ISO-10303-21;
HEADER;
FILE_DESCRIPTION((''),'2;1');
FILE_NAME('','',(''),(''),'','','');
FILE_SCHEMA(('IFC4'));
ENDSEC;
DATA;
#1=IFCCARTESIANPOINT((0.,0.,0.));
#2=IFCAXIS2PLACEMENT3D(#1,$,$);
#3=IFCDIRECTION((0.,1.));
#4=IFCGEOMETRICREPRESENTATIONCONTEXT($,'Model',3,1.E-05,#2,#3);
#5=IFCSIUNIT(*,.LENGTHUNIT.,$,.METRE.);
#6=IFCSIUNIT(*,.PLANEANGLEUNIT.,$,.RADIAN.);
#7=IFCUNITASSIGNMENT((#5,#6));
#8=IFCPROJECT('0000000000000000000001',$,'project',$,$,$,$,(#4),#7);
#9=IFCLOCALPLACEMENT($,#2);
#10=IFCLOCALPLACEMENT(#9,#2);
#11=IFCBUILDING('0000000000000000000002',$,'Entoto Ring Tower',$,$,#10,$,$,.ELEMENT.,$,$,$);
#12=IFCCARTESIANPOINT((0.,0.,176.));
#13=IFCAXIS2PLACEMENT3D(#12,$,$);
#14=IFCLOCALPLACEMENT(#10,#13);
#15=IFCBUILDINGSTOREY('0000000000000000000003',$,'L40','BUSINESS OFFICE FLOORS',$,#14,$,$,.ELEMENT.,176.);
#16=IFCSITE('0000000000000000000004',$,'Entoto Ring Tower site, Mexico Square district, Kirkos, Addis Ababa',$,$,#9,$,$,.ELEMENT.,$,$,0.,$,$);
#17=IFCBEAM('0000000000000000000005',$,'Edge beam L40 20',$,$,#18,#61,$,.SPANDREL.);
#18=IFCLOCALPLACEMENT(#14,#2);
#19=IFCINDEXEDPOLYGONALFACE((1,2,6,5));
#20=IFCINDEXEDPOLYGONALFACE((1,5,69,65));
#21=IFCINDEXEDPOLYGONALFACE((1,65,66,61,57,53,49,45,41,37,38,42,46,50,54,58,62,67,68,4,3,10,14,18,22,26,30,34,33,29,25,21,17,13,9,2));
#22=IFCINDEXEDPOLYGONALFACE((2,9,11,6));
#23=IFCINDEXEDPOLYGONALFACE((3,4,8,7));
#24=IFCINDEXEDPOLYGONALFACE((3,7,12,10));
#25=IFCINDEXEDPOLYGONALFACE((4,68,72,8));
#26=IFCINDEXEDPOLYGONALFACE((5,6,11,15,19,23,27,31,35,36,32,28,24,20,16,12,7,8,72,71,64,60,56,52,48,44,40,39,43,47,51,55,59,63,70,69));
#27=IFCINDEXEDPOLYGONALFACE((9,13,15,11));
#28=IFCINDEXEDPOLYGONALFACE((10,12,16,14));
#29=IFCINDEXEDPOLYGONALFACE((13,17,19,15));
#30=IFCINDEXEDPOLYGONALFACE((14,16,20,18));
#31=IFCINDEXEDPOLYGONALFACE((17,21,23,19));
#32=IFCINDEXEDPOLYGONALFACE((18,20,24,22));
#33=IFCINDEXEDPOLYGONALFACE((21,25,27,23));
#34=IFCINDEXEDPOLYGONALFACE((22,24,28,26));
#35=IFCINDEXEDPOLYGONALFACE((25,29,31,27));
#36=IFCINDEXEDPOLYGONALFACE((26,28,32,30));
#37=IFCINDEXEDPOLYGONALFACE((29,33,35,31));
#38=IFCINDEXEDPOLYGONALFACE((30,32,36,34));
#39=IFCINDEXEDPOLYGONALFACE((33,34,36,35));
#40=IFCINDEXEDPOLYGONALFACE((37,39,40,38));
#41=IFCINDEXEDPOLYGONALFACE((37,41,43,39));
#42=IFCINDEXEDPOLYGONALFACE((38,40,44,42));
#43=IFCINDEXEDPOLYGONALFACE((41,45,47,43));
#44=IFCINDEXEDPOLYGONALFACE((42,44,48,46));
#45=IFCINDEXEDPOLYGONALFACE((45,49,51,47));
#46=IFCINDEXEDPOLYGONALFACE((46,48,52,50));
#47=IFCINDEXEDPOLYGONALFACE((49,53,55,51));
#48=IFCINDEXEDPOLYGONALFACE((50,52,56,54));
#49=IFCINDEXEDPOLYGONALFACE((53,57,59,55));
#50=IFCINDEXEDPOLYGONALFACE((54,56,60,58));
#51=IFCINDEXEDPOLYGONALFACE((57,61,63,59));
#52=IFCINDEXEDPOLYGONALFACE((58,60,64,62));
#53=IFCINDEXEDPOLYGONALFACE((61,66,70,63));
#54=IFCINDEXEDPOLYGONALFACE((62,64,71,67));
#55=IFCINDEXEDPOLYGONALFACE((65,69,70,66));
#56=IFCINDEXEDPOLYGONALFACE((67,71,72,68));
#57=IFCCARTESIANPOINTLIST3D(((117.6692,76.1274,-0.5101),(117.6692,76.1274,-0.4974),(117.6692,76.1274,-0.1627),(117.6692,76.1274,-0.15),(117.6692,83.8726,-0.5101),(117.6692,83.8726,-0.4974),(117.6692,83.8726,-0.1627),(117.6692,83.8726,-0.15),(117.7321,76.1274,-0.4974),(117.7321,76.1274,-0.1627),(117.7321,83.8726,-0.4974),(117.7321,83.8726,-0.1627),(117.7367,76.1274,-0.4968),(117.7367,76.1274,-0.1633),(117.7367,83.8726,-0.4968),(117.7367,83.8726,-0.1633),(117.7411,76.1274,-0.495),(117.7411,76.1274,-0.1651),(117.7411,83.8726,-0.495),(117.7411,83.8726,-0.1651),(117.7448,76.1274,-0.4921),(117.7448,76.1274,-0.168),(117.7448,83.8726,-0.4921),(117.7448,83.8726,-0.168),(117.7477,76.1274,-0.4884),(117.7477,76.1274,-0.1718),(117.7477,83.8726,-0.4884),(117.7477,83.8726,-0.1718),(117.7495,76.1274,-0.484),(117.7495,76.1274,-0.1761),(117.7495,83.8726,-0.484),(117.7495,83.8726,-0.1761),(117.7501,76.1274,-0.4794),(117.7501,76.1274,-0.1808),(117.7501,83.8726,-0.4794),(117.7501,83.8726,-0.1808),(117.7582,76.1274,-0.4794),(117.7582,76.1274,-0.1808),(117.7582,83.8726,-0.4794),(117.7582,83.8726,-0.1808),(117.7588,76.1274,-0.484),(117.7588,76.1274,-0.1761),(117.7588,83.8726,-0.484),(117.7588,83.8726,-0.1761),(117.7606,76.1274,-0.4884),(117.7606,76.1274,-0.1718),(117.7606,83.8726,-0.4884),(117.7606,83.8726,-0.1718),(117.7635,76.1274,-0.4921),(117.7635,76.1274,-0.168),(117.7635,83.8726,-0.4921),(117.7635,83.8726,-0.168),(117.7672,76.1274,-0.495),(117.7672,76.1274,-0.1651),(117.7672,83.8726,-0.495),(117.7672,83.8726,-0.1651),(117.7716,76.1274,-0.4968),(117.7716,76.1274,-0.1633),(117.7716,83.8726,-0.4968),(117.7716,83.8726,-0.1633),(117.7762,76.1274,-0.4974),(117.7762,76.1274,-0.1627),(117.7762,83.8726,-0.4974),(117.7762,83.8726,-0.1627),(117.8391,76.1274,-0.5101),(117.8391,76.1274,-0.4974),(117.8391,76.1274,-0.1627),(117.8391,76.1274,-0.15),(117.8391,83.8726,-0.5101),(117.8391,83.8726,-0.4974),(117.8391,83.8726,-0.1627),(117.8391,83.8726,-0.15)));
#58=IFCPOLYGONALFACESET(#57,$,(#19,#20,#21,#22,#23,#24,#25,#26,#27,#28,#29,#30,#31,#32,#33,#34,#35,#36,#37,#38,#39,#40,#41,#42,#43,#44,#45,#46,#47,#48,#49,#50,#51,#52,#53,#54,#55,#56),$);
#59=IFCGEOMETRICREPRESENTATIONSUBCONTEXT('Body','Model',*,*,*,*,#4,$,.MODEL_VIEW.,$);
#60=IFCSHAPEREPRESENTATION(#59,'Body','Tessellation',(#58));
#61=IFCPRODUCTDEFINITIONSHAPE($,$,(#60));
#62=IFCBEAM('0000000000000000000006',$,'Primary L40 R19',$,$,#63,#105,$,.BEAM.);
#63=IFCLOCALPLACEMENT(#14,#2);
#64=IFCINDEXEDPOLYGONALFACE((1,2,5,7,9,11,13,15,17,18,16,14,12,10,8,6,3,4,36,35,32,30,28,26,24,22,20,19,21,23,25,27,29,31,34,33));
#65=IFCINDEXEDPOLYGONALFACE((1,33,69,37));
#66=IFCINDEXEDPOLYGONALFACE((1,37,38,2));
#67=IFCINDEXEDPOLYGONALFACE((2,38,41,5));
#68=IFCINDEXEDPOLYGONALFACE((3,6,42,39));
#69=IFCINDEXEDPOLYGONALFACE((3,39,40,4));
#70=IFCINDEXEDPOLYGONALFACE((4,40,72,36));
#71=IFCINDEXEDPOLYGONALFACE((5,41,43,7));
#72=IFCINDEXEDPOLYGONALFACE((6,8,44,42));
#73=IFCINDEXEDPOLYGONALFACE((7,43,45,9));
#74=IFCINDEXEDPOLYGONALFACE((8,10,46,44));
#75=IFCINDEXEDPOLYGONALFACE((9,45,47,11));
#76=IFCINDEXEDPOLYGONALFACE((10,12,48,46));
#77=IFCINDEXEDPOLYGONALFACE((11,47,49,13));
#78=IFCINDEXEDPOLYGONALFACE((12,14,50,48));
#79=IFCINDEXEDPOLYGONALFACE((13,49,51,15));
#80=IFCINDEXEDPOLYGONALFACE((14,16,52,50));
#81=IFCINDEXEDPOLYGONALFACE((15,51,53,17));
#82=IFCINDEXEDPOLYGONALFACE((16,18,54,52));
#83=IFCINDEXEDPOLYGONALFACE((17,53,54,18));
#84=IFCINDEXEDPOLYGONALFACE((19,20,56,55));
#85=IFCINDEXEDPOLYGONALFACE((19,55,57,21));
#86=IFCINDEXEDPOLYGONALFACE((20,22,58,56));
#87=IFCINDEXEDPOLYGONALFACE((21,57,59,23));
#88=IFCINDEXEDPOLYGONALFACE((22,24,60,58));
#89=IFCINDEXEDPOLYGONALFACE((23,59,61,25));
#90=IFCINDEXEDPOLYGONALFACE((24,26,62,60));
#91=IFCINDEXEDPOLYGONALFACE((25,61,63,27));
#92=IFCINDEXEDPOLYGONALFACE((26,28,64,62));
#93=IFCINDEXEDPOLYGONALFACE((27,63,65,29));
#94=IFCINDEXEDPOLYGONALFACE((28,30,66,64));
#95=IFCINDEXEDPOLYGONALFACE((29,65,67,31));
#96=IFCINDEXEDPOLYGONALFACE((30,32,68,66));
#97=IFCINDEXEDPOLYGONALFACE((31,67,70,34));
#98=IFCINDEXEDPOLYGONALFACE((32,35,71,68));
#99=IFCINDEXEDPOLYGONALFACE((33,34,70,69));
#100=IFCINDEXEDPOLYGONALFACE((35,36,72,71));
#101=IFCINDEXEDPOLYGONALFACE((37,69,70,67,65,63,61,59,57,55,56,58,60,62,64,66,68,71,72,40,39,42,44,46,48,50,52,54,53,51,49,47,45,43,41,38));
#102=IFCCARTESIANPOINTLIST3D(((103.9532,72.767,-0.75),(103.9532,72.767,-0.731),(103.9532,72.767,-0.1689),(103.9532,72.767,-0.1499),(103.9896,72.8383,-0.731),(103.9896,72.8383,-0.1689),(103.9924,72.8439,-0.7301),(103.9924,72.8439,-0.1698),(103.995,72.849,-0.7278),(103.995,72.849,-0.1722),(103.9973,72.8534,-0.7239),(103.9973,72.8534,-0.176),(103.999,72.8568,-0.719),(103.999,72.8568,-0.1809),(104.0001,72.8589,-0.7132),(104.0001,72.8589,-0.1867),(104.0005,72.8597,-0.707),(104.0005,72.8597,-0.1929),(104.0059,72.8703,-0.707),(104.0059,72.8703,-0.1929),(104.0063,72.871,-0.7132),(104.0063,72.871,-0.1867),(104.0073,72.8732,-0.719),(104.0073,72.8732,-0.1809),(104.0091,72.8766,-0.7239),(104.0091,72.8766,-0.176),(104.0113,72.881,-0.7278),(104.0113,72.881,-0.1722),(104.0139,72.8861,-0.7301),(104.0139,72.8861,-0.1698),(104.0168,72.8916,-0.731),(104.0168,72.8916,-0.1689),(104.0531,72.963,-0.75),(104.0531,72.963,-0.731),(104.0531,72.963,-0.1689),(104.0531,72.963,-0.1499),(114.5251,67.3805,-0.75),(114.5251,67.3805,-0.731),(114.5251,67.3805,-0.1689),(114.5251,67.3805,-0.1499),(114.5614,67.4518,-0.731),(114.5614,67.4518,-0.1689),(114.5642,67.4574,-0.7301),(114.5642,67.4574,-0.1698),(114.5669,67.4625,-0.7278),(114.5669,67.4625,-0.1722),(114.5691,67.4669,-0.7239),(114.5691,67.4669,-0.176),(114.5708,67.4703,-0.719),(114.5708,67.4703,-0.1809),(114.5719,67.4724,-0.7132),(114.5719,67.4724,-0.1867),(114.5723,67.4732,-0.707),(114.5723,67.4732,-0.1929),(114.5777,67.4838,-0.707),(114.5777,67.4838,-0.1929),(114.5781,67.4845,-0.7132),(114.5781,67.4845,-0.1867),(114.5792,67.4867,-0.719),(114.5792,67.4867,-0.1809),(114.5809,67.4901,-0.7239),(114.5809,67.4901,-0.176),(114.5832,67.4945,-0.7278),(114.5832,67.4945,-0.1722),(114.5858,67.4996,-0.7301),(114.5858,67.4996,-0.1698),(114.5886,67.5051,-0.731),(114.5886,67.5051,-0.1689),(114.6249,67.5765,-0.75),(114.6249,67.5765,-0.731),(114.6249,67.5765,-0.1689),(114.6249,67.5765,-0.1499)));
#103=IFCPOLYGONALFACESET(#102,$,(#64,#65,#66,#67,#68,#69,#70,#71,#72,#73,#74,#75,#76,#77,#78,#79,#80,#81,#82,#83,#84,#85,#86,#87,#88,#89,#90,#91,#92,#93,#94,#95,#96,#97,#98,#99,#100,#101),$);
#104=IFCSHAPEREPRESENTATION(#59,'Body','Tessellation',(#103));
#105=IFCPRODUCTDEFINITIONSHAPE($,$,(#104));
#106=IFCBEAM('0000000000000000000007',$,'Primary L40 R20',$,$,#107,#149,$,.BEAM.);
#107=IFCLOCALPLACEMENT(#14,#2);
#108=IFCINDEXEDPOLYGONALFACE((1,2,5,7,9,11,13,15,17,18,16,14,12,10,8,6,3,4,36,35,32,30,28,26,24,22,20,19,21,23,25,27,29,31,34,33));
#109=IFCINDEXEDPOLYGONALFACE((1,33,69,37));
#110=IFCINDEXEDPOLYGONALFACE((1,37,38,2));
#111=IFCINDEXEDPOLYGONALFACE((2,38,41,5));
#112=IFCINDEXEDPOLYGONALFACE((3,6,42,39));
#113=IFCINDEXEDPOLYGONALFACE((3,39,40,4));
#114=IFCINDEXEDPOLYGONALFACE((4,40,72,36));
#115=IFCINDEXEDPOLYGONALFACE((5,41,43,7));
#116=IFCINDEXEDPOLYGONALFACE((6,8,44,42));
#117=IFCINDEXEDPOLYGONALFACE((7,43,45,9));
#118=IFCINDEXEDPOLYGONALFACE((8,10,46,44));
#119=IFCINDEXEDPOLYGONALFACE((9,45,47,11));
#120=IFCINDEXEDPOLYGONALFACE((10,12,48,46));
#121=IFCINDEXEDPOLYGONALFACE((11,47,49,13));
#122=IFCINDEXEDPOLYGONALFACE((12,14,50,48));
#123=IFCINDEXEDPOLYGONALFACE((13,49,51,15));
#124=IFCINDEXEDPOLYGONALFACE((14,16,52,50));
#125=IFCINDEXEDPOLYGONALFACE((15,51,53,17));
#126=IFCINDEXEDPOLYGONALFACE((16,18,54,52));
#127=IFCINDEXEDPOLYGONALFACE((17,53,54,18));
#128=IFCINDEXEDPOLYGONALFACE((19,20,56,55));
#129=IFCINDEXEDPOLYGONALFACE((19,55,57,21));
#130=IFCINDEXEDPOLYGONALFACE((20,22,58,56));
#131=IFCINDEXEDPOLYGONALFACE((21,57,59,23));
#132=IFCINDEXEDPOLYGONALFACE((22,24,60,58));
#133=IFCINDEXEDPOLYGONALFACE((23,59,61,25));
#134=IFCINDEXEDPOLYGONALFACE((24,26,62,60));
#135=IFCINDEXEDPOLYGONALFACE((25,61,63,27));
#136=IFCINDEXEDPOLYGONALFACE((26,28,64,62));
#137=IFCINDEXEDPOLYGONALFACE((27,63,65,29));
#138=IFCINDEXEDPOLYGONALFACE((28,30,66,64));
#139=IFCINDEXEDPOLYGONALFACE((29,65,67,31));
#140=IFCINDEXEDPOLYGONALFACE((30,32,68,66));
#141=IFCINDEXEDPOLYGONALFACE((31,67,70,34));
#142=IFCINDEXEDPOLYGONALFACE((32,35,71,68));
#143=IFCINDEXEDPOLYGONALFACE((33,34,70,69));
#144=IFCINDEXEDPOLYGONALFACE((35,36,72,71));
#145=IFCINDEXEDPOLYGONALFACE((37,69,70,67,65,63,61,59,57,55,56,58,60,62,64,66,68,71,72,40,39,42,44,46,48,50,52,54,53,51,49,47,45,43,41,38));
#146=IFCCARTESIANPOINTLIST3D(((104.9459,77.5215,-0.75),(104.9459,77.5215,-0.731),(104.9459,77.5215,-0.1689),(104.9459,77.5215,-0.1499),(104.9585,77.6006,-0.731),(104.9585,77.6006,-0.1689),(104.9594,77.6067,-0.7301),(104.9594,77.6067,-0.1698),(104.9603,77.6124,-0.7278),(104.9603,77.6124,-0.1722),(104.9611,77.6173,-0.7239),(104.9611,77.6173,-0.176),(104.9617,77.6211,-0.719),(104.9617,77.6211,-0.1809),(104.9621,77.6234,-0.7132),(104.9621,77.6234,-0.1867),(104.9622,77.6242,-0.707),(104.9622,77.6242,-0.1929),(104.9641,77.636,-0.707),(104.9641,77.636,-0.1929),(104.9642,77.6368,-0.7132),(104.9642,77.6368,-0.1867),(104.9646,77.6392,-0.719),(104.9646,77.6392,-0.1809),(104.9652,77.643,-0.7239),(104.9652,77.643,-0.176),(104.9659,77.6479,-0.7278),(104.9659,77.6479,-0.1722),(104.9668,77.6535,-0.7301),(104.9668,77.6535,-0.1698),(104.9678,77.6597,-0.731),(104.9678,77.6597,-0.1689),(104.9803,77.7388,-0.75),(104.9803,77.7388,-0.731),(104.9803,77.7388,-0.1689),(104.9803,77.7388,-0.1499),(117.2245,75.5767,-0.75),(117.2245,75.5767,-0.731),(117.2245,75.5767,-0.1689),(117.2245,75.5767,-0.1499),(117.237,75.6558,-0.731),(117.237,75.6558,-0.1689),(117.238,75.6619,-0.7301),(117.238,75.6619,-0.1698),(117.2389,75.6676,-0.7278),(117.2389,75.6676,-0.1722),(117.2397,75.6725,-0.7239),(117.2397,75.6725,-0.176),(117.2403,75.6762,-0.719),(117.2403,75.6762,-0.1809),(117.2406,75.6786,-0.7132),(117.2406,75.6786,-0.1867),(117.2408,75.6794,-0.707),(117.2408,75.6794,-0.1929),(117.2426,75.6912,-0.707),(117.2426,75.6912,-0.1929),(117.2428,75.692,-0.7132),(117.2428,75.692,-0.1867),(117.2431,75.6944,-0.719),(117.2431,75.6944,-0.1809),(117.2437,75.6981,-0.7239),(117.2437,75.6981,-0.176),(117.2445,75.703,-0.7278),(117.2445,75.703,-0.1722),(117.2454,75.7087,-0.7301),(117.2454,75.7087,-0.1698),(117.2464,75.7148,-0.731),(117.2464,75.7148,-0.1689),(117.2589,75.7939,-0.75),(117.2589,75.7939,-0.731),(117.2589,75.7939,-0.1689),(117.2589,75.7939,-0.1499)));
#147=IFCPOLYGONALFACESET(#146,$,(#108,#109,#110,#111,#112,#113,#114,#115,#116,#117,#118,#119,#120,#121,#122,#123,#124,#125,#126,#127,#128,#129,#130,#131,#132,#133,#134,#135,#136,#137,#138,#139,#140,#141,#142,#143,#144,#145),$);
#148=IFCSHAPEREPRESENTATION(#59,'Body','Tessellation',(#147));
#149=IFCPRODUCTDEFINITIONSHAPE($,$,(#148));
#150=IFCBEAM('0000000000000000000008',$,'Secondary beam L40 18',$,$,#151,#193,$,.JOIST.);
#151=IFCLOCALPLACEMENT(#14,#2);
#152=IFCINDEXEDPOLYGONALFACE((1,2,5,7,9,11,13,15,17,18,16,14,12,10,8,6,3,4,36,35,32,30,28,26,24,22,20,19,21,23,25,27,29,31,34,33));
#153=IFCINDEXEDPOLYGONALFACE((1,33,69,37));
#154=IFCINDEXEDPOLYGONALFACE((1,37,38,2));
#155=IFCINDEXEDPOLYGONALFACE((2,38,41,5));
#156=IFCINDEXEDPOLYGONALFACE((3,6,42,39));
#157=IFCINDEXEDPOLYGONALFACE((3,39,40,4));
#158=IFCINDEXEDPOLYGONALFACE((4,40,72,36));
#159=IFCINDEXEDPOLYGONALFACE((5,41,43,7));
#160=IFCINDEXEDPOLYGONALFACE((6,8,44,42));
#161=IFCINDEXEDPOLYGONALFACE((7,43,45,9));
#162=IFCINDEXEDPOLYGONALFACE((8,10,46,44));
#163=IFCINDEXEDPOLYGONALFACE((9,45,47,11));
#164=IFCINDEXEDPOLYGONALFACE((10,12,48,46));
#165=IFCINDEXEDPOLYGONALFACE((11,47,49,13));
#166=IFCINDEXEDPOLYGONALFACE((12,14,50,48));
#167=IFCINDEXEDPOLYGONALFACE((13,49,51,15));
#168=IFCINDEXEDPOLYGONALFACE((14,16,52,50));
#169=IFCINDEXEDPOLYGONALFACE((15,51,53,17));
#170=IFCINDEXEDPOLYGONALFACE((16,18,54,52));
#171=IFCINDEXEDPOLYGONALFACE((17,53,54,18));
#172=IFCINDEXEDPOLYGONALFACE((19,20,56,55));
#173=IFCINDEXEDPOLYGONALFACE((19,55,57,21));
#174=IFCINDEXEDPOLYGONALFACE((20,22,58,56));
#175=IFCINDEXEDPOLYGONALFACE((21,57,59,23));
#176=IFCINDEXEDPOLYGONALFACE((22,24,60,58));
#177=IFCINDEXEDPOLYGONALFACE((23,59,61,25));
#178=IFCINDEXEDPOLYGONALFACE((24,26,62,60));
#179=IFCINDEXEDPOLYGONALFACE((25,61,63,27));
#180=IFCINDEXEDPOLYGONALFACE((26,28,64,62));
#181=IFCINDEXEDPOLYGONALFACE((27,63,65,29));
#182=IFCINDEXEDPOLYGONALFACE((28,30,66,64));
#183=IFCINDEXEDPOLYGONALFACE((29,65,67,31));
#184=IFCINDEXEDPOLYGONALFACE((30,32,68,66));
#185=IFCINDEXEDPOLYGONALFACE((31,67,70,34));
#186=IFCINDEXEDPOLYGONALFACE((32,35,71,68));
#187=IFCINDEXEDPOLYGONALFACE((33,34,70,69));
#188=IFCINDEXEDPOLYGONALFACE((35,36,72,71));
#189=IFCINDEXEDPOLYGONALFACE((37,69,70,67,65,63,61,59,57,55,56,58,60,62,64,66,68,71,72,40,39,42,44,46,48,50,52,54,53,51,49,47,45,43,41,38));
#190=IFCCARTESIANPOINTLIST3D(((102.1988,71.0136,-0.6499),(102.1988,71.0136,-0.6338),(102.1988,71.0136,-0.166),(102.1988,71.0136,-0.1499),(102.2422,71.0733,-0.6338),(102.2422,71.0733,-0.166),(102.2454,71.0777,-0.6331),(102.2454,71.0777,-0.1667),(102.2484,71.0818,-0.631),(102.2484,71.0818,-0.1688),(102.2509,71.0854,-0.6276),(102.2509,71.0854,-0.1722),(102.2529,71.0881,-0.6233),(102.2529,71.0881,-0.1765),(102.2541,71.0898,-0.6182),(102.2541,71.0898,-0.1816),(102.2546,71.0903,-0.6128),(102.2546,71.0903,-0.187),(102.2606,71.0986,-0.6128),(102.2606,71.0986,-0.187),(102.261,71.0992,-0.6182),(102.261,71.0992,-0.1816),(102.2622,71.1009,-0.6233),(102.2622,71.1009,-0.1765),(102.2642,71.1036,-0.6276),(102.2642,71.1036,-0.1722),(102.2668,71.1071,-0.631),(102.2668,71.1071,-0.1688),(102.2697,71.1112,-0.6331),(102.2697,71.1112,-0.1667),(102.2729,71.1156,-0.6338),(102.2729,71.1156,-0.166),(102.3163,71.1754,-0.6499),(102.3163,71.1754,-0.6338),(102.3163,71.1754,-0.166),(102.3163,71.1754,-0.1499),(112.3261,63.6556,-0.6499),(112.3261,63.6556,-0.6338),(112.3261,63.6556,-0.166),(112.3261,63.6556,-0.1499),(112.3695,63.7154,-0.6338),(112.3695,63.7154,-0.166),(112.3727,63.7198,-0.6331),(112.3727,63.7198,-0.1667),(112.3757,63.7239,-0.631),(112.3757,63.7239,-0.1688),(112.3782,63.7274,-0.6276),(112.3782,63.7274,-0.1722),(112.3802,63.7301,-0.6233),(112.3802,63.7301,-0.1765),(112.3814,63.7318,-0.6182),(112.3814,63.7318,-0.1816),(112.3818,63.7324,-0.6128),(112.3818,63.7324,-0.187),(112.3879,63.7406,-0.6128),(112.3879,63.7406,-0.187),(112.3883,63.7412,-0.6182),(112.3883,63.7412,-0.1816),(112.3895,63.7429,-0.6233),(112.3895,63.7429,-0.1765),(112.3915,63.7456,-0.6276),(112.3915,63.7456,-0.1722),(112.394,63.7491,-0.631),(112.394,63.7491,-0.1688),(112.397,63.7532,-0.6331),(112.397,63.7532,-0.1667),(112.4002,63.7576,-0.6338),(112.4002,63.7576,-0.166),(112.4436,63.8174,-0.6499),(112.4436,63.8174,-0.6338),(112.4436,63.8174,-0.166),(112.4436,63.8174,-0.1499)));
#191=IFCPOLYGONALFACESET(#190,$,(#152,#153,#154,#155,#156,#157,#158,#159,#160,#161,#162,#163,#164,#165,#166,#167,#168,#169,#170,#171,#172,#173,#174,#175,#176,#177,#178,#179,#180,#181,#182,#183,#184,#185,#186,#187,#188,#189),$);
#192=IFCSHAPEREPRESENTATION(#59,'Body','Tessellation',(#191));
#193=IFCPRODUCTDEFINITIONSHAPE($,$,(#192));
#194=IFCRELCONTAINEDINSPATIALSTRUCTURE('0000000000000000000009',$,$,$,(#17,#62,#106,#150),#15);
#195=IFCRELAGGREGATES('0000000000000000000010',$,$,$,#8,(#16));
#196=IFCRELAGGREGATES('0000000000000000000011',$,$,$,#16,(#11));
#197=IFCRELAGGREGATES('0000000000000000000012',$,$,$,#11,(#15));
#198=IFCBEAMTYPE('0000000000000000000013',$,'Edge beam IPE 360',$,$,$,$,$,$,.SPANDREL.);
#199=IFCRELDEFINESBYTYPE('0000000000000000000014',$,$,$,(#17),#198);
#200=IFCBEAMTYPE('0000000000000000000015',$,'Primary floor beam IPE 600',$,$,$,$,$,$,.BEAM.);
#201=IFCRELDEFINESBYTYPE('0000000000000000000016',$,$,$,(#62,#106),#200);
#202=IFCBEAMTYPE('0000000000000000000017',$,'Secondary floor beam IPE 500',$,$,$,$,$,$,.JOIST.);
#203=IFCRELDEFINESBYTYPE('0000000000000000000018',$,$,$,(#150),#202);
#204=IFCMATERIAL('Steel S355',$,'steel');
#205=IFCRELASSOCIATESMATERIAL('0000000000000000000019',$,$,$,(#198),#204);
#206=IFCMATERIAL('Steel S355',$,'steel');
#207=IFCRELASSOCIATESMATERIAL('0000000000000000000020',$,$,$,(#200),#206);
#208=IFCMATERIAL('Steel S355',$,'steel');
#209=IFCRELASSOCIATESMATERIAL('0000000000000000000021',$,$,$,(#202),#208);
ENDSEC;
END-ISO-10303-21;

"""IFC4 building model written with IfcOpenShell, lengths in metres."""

from ifc_helpers import new_model, si_unit, direction, frame, origin, origin_2d, place, context, subcontext, project, spatial, i_section, extrude, material, material_profile, profile_set, type_object, element, save


model = new_model("IFC4")

# Units and contexts
model_context = context("Model", 3, precision=1e-05, world=origin(), true_north=direction((0.0, 1.0)))
body_context = subcontext(model_context, "Body", "Model", "MODEL_VIEW")
ifc_project = project(units=[si_unit("LENGTHUNIT", "METRE"), si_unit("PLANEANGLEUNIT", "RADIAN")], contexts=[model_context])

# Site, building, storey
site_placement = place(None, origin())
site = spatial("IfcSite", under=ifc_project, at=site_placement, Name="Entoto Ring Tower site, Mexico Square district, Kirkos, Addis Ababa", CompositionType="ELEMENT", RefElevation=0.0)
building_placement = place(site_placement, origin())
building = spatial("IfcBuilding", under=site, at=building_placement, Name="Entoto Ring Tower", CompositionType="ELEMENT")
storey_placement = place(building_placement, frame((0.0, 0.0, 176.0)))
storey = spatial("IfcBuildingStorey", under=building, at=storey_placement, Name="L40", Description="BUSINESS OFFICE FLOORS", CompositionType="ELEMENT", Elevation=176.0)

# Beams
ifc_material_1 = material(Name="Steel S355", Category="steel")
ifc_material_profile_1 = material_profile(ifc_material_1, i_section(OverallWidth=0.1699, OverallDepth=0.3601, WebThickness=0.0081, FlangeThickness=0.0127, FilletRadius=0.0181, at=origin_2d()), Name="IPE 360")
ifc_profile_set_1 = profile_set([ifc_material_profile_1], Name="Steel S355")
beam_type_1 = type_object("IfcBeamType", Name="Edge beam IPE 360", PredefinedType="SPANDREL", material=ifc_profile_set_1)
for number, where, z_axis, x_axis, name in (
    (1, (117.7542, 76.1274, -0.3301), (0.0, 1.0, 0.0), (-1.0, 0.0, 0.0), "Edge beam L40 20"),
):
    element("IfcBeam", number, at=place(storey_placement, frame(where, z_axis=z_axis, x_axis=x_axis)), inside=storey, type_object=beam_type_1, Name=name, PredefinedType="SPANDREL", context=body_context, shape_type="SweptSolid", body=[
        extrude(i_section(OverallWidth=0.1699, OverallDepth=0.3601, WebThickness=0.0081, FlangeThickness=0.0127, FilletRadius=0.0181, at=origin_2d()), origin(), (0.0, 0.0, 1.0), 7.7451),
    ])
ifc_material_2 = material(Name="Steel S355", Category="steel")
ifc_material_profile_2 = material_profile(ifc_material_2, i_section(OverallWidth=0.22, OverallDepth=0.6001, WebThickness=0.012, FlangeThickness=0.019, FilletRadius=0.0239, at=origin_2d()), Name="IPE 600")
ifc_profile_set_2 = profile_set([ifc_material_profile_2], Name="Steel S355")
beam_type_2 = type_object("IfcBeamType", Name="Primary floor beam IPE 600", PredefinedType="BEAM", material=ifc_profile_set_2)
beam_1_placement = place(storey_placement, frame((104.0032, 72.865, -0.45), z_axis=(0.89101, -0.453983, 0.0), x_axis=(0.453983, 0.89101, 0.0)))
element("IfcBeam", 2, at=beam_1_placement, inside=storey, type_object=beam_type_2, Name="Primary L40 R19", PredefinedType="BEAM", context=body_context, shape_type="SweptSolid", body=[
    extrude(i_section(OverallWidth=0.22, OverallDepth=0.6001, WebThickness=0.012, FlangeThickness=0.019, FilletRadius=0.0239, at=origin_2d()), origin(), (0.0, 0.0, 1.0), 11.865),
])
beam_2_placement = place(storey_placement, frame((104.9631, 77.6301, -0.45), z_axis=(0.987687, -0.156442, 0.0), x_axis=(0.156442, 0.987687, 0.0)))
element("IfcBeam", 3, at=beam_2_placement, inside=storey, type_object=beam_type_2, Name="Primary L40 R20", PredefinedType="BEAM", context=body_context, shape_type="SweptSolid", body=[
    extrude(i_section(OverallWidth=0.22, OverallDepth=0.6001, WebThickness=0.012, FlangeThickness=0.019, FilletRadius=0.0239, at=origin_2d()), origin(), (0.0, 0.0, 1.0), 12.4316),
])
ifc_material_3 = material(Name="Steel S355", Category="steel")
ifc_material_profile_3 = material_profile(ifc_material_3, i_section(OverallWidth=0.2, OverallDepth=0.5, WebThickness=0.0103, FlangeThickness=0.0161, FilletRadius=0.021, at=origin_2d()), Name="IPE 500")
ifc_profile_set_3 = profile_set([ifc_material_profile_3], Name="Steel S355")
beam_type_3 = type_object("IfcBeamType", Name="Secondary floor beam IPE 500", PredefinedType="JOIST", material=ifc_profile_set_3)
beam_3_placement = place(storey_placement, frame((102.2576, 71.0945, -0.3999), z_axis=(0.809014, -0.587789, 0.0), x_axis=(0.587789, 0.809014, 0.0)))
element("IfcBeam", 4, at=beam_3_placement, inside=storey, type_object=beam_type_3, Name="Secondary beam L40 18", PredefinedType="JOIST", context=body_context, shape_type="SweptSolid", body=[
    extrude(i_section(OverallWidth=0.2, OverallDepth=0.5, WebThickness=0.0103, FlangeThickness=0.0161, FilletRadius=0.021, at=origin_2d()), origin(), (0.0, 0.0, 1.0), 12.5181),
])

save(model, "model.ifc")
